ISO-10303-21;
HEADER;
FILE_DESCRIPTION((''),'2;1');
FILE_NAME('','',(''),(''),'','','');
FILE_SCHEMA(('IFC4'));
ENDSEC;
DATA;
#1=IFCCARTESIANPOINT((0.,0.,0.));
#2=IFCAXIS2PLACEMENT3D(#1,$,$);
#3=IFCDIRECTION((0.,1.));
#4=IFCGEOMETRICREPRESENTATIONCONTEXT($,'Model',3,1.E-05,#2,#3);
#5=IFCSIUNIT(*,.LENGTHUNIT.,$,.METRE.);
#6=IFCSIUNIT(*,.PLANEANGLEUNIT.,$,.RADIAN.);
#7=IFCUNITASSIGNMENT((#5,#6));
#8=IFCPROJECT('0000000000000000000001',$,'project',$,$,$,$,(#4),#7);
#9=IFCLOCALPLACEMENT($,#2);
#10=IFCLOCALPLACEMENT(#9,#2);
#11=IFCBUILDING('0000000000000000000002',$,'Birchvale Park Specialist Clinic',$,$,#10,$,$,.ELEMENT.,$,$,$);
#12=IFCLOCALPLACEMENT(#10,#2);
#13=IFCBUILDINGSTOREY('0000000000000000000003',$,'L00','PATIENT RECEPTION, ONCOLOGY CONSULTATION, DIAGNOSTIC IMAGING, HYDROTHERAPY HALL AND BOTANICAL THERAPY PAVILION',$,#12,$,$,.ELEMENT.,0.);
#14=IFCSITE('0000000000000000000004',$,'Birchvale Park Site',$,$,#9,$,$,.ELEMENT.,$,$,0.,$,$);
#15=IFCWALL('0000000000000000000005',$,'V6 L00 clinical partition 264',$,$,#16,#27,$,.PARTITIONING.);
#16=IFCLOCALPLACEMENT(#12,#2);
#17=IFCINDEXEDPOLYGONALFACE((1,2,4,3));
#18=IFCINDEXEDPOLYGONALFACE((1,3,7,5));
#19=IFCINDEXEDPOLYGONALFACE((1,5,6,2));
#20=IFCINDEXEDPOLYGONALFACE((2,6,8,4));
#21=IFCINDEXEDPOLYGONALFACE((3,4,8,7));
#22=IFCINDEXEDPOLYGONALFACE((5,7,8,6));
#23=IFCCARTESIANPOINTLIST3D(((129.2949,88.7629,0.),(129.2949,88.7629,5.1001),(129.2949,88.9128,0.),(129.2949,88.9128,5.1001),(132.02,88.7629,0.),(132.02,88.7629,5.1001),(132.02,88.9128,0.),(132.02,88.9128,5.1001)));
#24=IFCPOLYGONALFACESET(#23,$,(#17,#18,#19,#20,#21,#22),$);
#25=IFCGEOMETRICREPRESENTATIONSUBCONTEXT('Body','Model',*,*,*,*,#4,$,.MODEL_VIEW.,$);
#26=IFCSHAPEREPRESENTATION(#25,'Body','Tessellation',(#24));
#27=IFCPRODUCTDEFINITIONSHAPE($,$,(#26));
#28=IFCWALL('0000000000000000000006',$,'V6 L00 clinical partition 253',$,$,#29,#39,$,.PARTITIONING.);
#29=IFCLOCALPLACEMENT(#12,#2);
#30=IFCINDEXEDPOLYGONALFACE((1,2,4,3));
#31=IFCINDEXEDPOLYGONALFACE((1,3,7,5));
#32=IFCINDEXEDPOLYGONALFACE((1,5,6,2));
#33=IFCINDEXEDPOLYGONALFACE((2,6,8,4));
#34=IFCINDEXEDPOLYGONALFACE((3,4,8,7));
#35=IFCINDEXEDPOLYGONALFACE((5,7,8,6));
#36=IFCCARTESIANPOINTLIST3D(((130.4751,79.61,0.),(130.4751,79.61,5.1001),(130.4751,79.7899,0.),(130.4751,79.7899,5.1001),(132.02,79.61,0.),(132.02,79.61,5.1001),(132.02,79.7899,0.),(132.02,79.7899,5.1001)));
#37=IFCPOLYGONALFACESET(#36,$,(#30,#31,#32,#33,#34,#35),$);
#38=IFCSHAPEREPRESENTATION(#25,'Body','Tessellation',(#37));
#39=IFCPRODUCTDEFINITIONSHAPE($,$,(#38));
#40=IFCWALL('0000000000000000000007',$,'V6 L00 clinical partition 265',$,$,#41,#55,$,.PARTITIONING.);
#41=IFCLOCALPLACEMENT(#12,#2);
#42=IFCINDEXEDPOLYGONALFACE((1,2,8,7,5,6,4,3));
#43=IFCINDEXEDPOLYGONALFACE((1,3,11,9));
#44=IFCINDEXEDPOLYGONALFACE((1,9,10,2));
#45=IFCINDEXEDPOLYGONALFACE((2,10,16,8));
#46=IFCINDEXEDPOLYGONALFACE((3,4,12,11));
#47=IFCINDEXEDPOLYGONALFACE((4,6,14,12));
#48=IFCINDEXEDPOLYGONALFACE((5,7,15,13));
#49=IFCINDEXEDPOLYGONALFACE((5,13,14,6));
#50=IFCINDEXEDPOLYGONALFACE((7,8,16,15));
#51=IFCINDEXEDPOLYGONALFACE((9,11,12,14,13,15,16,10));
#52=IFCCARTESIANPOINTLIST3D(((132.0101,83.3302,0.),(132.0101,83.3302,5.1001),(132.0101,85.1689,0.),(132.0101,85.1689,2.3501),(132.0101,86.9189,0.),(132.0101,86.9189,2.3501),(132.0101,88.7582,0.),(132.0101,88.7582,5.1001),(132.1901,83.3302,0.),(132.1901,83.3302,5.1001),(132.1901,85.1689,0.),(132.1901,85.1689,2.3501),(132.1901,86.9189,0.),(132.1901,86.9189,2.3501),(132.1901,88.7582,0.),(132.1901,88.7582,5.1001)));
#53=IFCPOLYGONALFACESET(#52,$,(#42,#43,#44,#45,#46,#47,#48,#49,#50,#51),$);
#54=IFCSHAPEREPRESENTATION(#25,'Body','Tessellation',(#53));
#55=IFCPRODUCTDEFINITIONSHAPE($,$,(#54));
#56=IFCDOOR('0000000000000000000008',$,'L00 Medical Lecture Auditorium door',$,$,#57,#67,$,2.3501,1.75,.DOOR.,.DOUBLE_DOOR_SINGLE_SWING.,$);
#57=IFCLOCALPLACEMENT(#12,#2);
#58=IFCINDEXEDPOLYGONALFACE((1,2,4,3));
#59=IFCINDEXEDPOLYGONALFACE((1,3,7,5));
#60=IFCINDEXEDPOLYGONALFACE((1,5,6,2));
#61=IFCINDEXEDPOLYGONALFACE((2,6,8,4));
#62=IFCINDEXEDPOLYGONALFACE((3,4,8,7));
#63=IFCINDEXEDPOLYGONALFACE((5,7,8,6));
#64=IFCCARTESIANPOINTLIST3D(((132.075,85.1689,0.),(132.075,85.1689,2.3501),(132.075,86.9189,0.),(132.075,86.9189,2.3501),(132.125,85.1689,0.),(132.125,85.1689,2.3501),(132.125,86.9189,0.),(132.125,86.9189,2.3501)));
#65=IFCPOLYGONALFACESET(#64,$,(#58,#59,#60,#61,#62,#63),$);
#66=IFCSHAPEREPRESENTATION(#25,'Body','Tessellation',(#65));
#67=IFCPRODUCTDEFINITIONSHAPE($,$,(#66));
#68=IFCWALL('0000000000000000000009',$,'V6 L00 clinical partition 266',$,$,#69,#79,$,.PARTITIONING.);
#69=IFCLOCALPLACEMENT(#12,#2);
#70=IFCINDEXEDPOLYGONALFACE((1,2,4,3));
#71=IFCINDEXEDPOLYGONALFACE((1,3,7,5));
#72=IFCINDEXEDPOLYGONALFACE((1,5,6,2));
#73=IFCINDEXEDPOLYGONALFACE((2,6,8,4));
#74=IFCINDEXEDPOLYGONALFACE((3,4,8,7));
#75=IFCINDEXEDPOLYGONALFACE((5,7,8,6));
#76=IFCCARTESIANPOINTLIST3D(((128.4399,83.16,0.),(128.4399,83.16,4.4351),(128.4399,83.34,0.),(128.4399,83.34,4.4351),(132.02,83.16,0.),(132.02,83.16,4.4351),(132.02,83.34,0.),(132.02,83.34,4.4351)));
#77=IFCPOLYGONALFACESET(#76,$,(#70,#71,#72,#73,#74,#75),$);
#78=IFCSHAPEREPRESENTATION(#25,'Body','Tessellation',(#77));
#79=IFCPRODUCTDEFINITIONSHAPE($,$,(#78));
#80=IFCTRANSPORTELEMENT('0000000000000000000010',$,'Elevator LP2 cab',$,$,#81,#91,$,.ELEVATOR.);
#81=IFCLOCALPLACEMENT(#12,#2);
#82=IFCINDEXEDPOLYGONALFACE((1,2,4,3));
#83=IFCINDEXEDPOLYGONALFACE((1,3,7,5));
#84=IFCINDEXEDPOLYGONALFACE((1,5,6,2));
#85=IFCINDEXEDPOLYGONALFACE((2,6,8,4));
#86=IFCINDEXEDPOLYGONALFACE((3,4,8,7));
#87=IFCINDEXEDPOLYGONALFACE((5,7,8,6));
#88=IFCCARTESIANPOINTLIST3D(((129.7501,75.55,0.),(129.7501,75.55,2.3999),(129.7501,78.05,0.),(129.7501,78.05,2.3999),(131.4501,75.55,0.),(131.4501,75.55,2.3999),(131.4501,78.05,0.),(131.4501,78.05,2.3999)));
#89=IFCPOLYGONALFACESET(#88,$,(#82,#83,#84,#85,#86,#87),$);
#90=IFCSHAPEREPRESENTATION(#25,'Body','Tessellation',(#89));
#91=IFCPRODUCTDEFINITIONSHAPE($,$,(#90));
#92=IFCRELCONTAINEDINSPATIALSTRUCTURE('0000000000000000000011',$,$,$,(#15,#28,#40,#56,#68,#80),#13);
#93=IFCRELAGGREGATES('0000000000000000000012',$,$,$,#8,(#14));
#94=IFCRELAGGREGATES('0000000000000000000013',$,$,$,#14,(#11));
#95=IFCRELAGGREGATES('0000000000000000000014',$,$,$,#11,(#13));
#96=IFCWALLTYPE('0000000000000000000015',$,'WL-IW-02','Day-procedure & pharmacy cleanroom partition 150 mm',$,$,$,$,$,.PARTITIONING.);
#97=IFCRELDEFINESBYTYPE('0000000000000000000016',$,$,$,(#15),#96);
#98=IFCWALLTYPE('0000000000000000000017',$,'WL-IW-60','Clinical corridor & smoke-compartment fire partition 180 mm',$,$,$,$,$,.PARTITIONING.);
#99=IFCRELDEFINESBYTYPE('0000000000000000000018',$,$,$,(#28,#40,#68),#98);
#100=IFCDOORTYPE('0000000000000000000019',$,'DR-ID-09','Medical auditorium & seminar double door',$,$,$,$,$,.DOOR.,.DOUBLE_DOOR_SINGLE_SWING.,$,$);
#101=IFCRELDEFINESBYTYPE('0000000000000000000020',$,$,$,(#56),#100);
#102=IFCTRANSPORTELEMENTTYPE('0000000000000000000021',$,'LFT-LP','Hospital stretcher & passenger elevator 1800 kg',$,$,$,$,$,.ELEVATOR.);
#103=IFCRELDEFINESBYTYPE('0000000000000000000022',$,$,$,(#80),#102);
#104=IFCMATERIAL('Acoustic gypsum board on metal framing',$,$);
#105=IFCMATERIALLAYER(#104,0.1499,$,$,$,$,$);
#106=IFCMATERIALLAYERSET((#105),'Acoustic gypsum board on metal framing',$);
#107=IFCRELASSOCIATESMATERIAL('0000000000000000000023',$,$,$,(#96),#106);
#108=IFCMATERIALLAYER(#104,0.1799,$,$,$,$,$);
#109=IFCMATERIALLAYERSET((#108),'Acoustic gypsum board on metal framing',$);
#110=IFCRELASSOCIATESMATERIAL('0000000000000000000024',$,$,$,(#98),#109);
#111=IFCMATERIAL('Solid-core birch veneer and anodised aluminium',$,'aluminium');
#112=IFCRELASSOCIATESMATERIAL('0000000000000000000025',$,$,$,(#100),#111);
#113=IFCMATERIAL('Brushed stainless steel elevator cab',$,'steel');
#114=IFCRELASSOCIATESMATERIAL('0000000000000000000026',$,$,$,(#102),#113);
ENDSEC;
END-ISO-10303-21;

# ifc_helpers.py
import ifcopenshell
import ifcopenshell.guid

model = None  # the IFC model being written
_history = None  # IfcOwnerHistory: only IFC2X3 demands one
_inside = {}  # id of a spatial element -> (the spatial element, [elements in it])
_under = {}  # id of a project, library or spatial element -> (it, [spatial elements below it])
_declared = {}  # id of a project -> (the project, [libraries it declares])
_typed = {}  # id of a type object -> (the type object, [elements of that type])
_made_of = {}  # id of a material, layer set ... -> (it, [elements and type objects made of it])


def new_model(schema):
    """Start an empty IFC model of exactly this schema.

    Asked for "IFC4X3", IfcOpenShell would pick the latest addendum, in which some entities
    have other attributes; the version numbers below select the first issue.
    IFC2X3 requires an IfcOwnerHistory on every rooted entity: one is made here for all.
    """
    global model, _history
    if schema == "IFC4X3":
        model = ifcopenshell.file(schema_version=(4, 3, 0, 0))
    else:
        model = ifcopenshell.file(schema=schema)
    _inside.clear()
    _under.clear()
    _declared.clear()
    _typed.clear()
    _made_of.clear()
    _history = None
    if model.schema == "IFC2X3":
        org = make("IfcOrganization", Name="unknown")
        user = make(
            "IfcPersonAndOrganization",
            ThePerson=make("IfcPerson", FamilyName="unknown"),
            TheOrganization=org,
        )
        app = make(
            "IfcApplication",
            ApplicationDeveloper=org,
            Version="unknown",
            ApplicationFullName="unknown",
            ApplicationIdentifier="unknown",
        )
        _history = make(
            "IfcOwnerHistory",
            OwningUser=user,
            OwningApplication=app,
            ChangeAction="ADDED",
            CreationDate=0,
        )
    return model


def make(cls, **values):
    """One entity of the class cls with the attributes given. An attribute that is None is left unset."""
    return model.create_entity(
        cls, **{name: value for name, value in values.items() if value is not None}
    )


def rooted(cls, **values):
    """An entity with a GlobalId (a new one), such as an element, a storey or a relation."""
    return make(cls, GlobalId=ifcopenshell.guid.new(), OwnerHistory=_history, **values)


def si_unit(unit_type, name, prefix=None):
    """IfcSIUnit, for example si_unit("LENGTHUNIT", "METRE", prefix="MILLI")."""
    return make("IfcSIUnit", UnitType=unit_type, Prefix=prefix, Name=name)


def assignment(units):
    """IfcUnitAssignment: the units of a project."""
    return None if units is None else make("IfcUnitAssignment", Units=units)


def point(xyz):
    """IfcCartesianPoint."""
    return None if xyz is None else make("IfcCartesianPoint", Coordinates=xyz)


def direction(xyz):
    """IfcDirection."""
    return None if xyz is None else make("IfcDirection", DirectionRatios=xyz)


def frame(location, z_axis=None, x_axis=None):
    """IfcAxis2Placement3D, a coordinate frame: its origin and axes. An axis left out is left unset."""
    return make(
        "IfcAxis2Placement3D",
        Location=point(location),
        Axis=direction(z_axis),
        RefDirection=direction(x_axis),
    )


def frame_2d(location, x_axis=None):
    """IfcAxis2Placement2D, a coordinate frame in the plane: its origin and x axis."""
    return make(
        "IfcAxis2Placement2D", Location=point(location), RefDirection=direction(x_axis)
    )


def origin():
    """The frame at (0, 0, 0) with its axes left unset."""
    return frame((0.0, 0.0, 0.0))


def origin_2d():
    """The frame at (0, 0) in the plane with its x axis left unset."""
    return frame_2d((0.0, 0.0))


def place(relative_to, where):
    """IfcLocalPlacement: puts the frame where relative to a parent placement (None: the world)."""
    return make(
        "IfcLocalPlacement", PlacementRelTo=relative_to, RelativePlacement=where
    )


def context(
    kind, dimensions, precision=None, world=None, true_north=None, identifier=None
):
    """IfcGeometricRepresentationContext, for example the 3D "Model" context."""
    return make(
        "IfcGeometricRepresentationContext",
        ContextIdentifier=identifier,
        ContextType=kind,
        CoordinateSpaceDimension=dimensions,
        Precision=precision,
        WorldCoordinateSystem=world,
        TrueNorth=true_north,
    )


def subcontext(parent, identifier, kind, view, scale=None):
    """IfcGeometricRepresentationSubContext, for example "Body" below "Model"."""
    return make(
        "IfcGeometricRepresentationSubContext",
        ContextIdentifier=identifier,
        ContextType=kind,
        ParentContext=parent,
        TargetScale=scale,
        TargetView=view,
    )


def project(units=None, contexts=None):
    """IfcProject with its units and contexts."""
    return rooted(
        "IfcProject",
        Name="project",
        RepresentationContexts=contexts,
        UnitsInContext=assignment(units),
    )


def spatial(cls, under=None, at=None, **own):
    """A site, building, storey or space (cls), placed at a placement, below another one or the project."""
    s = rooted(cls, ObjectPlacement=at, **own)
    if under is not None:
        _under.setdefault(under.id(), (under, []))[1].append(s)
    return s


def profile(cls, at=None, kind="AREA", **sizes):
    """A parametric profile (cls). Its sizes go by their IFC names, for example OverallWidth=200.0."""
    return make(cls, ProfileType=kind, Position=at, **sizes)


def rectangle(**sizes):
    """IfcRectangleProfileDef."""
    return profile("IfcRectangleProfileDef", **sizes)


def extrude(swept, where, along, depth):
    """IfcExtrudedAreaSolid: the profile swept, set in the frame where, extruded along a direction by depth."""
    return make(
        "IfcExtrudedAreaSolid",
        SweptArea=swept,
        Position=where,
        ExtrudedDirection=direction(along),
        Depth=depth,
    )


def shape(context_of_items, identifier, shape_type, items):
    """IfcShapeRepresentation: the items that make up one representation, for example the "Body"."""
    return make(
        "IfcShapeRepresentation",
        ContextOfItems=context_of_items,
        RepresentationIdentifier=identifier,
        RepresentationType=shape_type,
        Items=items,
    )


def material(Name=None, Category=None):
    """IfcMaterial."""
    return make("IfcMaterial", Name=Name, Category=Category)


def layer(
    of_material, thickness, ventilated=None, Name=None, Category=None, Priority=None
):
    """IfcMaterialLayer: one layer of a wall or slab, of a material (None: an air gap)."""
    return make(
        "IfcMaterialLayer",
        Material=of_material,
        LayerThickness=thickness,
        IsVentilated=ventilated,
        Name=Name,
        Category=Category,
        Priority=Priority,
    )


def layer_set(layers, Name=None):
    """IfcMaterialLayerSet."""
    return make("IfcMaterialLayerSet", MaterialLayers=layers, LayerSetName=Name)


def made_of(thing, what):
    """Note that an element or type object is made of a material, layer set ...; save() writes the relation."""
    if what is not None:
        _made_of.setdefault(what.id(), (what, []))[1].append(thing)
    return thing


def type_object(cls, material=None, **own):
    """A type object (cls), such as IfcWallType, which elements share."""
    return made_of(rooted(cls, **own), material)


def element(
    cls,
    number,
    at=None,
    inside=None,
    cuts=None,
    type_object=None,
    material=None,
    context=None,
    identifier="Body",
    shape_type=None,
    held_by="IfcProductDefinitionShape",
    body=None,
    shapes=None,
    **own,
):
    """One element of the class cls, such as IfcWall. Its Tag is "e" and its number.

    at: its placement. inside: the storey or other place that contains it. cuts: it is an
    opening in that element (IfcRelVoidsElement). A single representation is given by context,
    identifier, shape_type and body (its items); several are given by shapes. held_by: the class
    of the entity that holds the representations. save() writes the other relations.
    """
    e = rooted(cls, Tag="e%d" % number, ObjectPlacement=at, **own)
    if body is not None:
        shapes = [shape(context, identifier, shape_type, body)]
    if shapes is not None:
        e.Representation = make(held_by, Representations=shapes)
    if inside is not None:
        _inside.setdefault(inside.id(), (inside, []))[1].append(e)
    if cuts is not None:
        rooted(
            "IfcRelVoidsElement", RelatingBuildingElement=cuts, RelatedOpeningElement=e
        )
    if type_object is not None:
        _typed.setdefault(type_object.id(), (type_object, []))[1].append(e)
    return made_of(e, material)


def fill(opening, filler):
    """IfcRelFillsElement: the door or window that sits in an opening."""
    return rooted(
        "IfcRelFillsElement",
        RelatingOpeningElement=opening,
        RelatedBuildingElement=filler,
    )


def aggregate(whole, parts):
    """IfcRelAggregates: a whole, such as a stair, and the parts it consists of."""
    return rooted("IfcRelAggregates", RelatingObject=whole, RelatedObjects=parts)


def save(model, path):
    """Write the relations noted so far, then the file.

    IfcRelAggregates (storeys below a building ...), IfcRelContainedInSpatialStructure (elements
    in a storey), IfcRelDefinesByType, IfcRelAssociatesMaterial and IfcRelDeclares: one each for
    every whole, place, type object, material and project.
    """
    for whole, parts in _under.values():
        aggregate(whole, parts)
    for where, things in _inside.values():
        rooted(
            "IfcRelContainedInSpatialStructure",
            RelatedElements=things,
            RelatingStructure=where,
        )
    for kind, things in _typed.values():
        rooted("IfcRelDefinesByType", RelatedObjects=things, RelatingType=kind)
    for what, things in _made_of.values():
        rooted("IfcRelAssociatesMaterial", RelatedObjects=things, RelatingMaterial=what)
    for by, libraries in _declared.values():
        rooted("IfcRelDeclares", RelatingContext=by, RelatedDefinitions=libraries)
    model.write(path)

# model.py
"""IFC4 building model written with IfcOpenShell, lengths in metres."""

from ifc_helpers import new_model, si_unit, direction, frame, frame_2d, origin, origin_2d, place, context, subcontext, project, spatial, rectangle, extrude, material, layer, layer_set, type_object, element, fill, save


model = new_model("IFC4")

# Units and contexts
model_context = context("Model", 3, precision=1e-05, world=origin(), true_north=direction((0.0, 1.0)))
body_context = subcontext(model_context, "Body", "Model", "MODEL_VIEW")
ifc_project = project(units=[si_unit("LENGTHUNIT", "METRE"), si_unit("PLANEANGLEUNIT", "RADIAN")], contexts=[model_context])

# Site, building, storey
site_placement = place(None, origin())
site = spatial("IfcSite", under=ifc_project, at=site_placement, Name="Birchvale Park Site", CompositionType="ELEMENT", RefElevation=0.0)
building_placement = place(site_placement, origin())
building = spatial("IfcBuilding", under=site, at=building_placement, Name="Birchvale Park Specialist Clinic", CompositionType="ELEMENT")
storey_placement = place(building_placement, origin())
storey = spatial("IfcBuildingStorey", under=building, at=storey_placement, Name="L00", Description="PATIENT RECEPTION, ONCOLOGY CONSULTATION, DIAGNOSTIC IMAGING, HYDROTHERAPY HALL AND BOTANICAL THERAPY PAVILION", CompositionType="ELEMENT", Elevation=0.0)

# Shared definitions
ifc_material_1 = material(Name="Solid-core birch veneer and anodised aluminium", Category="aluminium")

# Walls
ifc_material_2 = material(Name="Acoustic gypsum board on metal framing")
ifc_layer_1 = layer(ifc_material_2, 0.1499)
ifc_layer_set_1 = layer_set([ifc_layer_1], Name="Acoustic gypsum board on metal framing")
wall_type_1 = type_object("IfcWallType", Name="WL-IW-02", Description="Day-procedure & pharmacy cleanroom partition 150 mm", PredefinedType="PARTITIONING", material=ifc_layer_set_1)
wall_1_placement = place(storey_placement, frame((129.2949, 88.8379, 0.0), z_axis=(0.0, 0.0, 1.0), x_axis=(1.0, 0.0, 0.0)))
element("IfcWall", 1, at=wall_1_placement, inside=storey, type_object=wall_type_1, Name="V6 L00 clinical partition 264", PredefinedType="PARTITIONING", context=body_context, shape_type="SweptSolid", body=[
    extrude(rectangle(XDim=2.7251, YDim=0.1499, at=frame_2d((1.3625, 0.0))), origin(), (0.0, 0.0, 1.0), 5.1001),
])
ifc_layer_2 = layer(ifc_material_2, 0.1799)
ifc_layer_set_2 = layer_set([ifc_layer_2], Name="Acoustic gypsum board on metal framing")
wall_type_2 = type_object("IfcWallType", Name="WL-IW-60", Description="Clinical corridor & smoke-compartment fire partition 180 mm", PredefinedType="PARTITIONING", material=ifc_layer_set_2)
wall_2_placement = place(storey_placement, frame((130.4751, 79.7, 0.0), z_axis=(0.0, 0.0, 1.0), x_axis=(1.0, 0.0, 0.0)))
element("IfcWall", 2, at=wall_2_placement, inside=storey, type_object=wall_type_2, Name="V6 L00 clinical partition 253", PredefinedType="PARTITIONING", context=body_context, shape_type="SweptSolid", body=[
    extrude(rectangle(XDim=1.5449, YDim=0.1799, at=frame_2d((0.7725, 0.0))), origin(), (0.0, 0.0, 1.0), 5.1001),
])

# Wall, opening, door
wall_3_placement = place(storey_placement, frame((132.1001, 88.7581, 0.0), z_axis=(0.0, 0.0, 1.0), x_axis=(0.0, -1.0, 0.0)))
wall_3 = element("IfcWall", 3, at=wall_3_placement, inside=storey, type_object=wall_type_2, Name="V6 L00 clinical partition 265", PredefinedType="PARTITIONING", context=body_context, shape_type="SweptSolid", body=[
    extrude(rectangle(XDim=5.428, YDim=0.1799, at=frame_2d((2.7139, 0.0))), origin(), (0.0, 0.0, 1.0), 5.1001),
])
opening_1_placement = place(wall_3_placement, frame((1.8391, 0.0, 0.0)))
opening_1 = element("IfcOpeningElement", 4, at=opening_1_placement, cuts=wall_3, PredefinedType="OPENING", context=body_context, shape_type="SweptSolid", body=[
    extrude(rectangle(XDim=1.75, YDim=2.3501, at=frame_2d((0.875, 1.175))), frame((0.0, 0.1001, 0.0), z_axis=(0.0, -1.0, 0.0), x_axis=(1.0, 0.0, 0.0)), (0.0, 0.0, 1.0), 0.2),
])
door_type_1 = type_object("IfcDoorType", Name="DR-ID-09", Description="Medical auditorium & seminar double door", OperationType="DOUBLE_DOOR_SINGLE_SWING", PredefinedType="DOOR", material=ifc_material_1)
door_1_placement = place(opening_1_placement, origin())
door_1 = element("IfcDoor", 5, at=door_1_placement, inside=storey, type_object=door_type_1, Name="L00 Medical Lecture Auditorium door", OperationType="DOUBLE_DOOR_SINGLE_SWING", OverallHeight=2.3501, OverallWidth=1.75, PredefinedType="DOOR", context=body_context, shape_type="SweptSolid", body=[
    extrude(rectangle(XDim=1.75, YDim=2.3501, at=frame_2d((0.875, 1.175))), frame((0.0, 0.0249, 0.0), z_axis=(0.0, -1.0, 0.0), x_axis=(1.0, 0.0, 0.0)), (0.0, 0.0, 1.0), 0.05),
])
fill(opening_1, door_1)

# Wall
wall_4_placement = place(storey_placement, frame((132.02, 83.25, 0.0), z_axis=(0.0, 0.0, 1.0), x_axis=(-1.0, 0.0, 0.0)))
element("IfcWall", 6, at=wall_4_placement, inside=storey, type_object=wall_type_2, Name="V6 L00 clinical partition 266", PredefinedType="PARTITIONING", context=body_context, shape_type="SweptSolid", body=[
    extrude(rectangle(XDim=3.5801, YDim=0.1799, at=frame_2d((1.79, 0.0))), origin(), (0.0, 0.0, 1.0), 4.4351),
])

# Transport element
ifc_material_3 = material(Name="Brushed stainless steel elevator cab", Category="steel")
transport_element_type = type_object("IfcTransportElementType", Name="LFT-LP", Description="Hospital stretcher & passenger elevator 1800 kg", PredefinedType="ELEVATOR", material=ifc_material_3)
transport_element_placement = place(storey_placement, frame((130.6001, 76.8, 0.0), z_axis=(0.0, 0.0, 1.0), x_axis=(1.0, 0.0, 0.0)))
element("IfcTransportElement", 7, at=transport_element_placement, inside=storey, type_object=transport_element_type, Name="Elevator LP2 cab", PredefinedType="ELEVATOR", context=body_context, shape_type="SweptSolid", body=[
    extrude(rectangle(XDim=1.7, YDim=2.5, at=origin_2d()), origin(), (0.0, 0.0, 1.0), 2.3999),
])

save(model, "model.ifc")
